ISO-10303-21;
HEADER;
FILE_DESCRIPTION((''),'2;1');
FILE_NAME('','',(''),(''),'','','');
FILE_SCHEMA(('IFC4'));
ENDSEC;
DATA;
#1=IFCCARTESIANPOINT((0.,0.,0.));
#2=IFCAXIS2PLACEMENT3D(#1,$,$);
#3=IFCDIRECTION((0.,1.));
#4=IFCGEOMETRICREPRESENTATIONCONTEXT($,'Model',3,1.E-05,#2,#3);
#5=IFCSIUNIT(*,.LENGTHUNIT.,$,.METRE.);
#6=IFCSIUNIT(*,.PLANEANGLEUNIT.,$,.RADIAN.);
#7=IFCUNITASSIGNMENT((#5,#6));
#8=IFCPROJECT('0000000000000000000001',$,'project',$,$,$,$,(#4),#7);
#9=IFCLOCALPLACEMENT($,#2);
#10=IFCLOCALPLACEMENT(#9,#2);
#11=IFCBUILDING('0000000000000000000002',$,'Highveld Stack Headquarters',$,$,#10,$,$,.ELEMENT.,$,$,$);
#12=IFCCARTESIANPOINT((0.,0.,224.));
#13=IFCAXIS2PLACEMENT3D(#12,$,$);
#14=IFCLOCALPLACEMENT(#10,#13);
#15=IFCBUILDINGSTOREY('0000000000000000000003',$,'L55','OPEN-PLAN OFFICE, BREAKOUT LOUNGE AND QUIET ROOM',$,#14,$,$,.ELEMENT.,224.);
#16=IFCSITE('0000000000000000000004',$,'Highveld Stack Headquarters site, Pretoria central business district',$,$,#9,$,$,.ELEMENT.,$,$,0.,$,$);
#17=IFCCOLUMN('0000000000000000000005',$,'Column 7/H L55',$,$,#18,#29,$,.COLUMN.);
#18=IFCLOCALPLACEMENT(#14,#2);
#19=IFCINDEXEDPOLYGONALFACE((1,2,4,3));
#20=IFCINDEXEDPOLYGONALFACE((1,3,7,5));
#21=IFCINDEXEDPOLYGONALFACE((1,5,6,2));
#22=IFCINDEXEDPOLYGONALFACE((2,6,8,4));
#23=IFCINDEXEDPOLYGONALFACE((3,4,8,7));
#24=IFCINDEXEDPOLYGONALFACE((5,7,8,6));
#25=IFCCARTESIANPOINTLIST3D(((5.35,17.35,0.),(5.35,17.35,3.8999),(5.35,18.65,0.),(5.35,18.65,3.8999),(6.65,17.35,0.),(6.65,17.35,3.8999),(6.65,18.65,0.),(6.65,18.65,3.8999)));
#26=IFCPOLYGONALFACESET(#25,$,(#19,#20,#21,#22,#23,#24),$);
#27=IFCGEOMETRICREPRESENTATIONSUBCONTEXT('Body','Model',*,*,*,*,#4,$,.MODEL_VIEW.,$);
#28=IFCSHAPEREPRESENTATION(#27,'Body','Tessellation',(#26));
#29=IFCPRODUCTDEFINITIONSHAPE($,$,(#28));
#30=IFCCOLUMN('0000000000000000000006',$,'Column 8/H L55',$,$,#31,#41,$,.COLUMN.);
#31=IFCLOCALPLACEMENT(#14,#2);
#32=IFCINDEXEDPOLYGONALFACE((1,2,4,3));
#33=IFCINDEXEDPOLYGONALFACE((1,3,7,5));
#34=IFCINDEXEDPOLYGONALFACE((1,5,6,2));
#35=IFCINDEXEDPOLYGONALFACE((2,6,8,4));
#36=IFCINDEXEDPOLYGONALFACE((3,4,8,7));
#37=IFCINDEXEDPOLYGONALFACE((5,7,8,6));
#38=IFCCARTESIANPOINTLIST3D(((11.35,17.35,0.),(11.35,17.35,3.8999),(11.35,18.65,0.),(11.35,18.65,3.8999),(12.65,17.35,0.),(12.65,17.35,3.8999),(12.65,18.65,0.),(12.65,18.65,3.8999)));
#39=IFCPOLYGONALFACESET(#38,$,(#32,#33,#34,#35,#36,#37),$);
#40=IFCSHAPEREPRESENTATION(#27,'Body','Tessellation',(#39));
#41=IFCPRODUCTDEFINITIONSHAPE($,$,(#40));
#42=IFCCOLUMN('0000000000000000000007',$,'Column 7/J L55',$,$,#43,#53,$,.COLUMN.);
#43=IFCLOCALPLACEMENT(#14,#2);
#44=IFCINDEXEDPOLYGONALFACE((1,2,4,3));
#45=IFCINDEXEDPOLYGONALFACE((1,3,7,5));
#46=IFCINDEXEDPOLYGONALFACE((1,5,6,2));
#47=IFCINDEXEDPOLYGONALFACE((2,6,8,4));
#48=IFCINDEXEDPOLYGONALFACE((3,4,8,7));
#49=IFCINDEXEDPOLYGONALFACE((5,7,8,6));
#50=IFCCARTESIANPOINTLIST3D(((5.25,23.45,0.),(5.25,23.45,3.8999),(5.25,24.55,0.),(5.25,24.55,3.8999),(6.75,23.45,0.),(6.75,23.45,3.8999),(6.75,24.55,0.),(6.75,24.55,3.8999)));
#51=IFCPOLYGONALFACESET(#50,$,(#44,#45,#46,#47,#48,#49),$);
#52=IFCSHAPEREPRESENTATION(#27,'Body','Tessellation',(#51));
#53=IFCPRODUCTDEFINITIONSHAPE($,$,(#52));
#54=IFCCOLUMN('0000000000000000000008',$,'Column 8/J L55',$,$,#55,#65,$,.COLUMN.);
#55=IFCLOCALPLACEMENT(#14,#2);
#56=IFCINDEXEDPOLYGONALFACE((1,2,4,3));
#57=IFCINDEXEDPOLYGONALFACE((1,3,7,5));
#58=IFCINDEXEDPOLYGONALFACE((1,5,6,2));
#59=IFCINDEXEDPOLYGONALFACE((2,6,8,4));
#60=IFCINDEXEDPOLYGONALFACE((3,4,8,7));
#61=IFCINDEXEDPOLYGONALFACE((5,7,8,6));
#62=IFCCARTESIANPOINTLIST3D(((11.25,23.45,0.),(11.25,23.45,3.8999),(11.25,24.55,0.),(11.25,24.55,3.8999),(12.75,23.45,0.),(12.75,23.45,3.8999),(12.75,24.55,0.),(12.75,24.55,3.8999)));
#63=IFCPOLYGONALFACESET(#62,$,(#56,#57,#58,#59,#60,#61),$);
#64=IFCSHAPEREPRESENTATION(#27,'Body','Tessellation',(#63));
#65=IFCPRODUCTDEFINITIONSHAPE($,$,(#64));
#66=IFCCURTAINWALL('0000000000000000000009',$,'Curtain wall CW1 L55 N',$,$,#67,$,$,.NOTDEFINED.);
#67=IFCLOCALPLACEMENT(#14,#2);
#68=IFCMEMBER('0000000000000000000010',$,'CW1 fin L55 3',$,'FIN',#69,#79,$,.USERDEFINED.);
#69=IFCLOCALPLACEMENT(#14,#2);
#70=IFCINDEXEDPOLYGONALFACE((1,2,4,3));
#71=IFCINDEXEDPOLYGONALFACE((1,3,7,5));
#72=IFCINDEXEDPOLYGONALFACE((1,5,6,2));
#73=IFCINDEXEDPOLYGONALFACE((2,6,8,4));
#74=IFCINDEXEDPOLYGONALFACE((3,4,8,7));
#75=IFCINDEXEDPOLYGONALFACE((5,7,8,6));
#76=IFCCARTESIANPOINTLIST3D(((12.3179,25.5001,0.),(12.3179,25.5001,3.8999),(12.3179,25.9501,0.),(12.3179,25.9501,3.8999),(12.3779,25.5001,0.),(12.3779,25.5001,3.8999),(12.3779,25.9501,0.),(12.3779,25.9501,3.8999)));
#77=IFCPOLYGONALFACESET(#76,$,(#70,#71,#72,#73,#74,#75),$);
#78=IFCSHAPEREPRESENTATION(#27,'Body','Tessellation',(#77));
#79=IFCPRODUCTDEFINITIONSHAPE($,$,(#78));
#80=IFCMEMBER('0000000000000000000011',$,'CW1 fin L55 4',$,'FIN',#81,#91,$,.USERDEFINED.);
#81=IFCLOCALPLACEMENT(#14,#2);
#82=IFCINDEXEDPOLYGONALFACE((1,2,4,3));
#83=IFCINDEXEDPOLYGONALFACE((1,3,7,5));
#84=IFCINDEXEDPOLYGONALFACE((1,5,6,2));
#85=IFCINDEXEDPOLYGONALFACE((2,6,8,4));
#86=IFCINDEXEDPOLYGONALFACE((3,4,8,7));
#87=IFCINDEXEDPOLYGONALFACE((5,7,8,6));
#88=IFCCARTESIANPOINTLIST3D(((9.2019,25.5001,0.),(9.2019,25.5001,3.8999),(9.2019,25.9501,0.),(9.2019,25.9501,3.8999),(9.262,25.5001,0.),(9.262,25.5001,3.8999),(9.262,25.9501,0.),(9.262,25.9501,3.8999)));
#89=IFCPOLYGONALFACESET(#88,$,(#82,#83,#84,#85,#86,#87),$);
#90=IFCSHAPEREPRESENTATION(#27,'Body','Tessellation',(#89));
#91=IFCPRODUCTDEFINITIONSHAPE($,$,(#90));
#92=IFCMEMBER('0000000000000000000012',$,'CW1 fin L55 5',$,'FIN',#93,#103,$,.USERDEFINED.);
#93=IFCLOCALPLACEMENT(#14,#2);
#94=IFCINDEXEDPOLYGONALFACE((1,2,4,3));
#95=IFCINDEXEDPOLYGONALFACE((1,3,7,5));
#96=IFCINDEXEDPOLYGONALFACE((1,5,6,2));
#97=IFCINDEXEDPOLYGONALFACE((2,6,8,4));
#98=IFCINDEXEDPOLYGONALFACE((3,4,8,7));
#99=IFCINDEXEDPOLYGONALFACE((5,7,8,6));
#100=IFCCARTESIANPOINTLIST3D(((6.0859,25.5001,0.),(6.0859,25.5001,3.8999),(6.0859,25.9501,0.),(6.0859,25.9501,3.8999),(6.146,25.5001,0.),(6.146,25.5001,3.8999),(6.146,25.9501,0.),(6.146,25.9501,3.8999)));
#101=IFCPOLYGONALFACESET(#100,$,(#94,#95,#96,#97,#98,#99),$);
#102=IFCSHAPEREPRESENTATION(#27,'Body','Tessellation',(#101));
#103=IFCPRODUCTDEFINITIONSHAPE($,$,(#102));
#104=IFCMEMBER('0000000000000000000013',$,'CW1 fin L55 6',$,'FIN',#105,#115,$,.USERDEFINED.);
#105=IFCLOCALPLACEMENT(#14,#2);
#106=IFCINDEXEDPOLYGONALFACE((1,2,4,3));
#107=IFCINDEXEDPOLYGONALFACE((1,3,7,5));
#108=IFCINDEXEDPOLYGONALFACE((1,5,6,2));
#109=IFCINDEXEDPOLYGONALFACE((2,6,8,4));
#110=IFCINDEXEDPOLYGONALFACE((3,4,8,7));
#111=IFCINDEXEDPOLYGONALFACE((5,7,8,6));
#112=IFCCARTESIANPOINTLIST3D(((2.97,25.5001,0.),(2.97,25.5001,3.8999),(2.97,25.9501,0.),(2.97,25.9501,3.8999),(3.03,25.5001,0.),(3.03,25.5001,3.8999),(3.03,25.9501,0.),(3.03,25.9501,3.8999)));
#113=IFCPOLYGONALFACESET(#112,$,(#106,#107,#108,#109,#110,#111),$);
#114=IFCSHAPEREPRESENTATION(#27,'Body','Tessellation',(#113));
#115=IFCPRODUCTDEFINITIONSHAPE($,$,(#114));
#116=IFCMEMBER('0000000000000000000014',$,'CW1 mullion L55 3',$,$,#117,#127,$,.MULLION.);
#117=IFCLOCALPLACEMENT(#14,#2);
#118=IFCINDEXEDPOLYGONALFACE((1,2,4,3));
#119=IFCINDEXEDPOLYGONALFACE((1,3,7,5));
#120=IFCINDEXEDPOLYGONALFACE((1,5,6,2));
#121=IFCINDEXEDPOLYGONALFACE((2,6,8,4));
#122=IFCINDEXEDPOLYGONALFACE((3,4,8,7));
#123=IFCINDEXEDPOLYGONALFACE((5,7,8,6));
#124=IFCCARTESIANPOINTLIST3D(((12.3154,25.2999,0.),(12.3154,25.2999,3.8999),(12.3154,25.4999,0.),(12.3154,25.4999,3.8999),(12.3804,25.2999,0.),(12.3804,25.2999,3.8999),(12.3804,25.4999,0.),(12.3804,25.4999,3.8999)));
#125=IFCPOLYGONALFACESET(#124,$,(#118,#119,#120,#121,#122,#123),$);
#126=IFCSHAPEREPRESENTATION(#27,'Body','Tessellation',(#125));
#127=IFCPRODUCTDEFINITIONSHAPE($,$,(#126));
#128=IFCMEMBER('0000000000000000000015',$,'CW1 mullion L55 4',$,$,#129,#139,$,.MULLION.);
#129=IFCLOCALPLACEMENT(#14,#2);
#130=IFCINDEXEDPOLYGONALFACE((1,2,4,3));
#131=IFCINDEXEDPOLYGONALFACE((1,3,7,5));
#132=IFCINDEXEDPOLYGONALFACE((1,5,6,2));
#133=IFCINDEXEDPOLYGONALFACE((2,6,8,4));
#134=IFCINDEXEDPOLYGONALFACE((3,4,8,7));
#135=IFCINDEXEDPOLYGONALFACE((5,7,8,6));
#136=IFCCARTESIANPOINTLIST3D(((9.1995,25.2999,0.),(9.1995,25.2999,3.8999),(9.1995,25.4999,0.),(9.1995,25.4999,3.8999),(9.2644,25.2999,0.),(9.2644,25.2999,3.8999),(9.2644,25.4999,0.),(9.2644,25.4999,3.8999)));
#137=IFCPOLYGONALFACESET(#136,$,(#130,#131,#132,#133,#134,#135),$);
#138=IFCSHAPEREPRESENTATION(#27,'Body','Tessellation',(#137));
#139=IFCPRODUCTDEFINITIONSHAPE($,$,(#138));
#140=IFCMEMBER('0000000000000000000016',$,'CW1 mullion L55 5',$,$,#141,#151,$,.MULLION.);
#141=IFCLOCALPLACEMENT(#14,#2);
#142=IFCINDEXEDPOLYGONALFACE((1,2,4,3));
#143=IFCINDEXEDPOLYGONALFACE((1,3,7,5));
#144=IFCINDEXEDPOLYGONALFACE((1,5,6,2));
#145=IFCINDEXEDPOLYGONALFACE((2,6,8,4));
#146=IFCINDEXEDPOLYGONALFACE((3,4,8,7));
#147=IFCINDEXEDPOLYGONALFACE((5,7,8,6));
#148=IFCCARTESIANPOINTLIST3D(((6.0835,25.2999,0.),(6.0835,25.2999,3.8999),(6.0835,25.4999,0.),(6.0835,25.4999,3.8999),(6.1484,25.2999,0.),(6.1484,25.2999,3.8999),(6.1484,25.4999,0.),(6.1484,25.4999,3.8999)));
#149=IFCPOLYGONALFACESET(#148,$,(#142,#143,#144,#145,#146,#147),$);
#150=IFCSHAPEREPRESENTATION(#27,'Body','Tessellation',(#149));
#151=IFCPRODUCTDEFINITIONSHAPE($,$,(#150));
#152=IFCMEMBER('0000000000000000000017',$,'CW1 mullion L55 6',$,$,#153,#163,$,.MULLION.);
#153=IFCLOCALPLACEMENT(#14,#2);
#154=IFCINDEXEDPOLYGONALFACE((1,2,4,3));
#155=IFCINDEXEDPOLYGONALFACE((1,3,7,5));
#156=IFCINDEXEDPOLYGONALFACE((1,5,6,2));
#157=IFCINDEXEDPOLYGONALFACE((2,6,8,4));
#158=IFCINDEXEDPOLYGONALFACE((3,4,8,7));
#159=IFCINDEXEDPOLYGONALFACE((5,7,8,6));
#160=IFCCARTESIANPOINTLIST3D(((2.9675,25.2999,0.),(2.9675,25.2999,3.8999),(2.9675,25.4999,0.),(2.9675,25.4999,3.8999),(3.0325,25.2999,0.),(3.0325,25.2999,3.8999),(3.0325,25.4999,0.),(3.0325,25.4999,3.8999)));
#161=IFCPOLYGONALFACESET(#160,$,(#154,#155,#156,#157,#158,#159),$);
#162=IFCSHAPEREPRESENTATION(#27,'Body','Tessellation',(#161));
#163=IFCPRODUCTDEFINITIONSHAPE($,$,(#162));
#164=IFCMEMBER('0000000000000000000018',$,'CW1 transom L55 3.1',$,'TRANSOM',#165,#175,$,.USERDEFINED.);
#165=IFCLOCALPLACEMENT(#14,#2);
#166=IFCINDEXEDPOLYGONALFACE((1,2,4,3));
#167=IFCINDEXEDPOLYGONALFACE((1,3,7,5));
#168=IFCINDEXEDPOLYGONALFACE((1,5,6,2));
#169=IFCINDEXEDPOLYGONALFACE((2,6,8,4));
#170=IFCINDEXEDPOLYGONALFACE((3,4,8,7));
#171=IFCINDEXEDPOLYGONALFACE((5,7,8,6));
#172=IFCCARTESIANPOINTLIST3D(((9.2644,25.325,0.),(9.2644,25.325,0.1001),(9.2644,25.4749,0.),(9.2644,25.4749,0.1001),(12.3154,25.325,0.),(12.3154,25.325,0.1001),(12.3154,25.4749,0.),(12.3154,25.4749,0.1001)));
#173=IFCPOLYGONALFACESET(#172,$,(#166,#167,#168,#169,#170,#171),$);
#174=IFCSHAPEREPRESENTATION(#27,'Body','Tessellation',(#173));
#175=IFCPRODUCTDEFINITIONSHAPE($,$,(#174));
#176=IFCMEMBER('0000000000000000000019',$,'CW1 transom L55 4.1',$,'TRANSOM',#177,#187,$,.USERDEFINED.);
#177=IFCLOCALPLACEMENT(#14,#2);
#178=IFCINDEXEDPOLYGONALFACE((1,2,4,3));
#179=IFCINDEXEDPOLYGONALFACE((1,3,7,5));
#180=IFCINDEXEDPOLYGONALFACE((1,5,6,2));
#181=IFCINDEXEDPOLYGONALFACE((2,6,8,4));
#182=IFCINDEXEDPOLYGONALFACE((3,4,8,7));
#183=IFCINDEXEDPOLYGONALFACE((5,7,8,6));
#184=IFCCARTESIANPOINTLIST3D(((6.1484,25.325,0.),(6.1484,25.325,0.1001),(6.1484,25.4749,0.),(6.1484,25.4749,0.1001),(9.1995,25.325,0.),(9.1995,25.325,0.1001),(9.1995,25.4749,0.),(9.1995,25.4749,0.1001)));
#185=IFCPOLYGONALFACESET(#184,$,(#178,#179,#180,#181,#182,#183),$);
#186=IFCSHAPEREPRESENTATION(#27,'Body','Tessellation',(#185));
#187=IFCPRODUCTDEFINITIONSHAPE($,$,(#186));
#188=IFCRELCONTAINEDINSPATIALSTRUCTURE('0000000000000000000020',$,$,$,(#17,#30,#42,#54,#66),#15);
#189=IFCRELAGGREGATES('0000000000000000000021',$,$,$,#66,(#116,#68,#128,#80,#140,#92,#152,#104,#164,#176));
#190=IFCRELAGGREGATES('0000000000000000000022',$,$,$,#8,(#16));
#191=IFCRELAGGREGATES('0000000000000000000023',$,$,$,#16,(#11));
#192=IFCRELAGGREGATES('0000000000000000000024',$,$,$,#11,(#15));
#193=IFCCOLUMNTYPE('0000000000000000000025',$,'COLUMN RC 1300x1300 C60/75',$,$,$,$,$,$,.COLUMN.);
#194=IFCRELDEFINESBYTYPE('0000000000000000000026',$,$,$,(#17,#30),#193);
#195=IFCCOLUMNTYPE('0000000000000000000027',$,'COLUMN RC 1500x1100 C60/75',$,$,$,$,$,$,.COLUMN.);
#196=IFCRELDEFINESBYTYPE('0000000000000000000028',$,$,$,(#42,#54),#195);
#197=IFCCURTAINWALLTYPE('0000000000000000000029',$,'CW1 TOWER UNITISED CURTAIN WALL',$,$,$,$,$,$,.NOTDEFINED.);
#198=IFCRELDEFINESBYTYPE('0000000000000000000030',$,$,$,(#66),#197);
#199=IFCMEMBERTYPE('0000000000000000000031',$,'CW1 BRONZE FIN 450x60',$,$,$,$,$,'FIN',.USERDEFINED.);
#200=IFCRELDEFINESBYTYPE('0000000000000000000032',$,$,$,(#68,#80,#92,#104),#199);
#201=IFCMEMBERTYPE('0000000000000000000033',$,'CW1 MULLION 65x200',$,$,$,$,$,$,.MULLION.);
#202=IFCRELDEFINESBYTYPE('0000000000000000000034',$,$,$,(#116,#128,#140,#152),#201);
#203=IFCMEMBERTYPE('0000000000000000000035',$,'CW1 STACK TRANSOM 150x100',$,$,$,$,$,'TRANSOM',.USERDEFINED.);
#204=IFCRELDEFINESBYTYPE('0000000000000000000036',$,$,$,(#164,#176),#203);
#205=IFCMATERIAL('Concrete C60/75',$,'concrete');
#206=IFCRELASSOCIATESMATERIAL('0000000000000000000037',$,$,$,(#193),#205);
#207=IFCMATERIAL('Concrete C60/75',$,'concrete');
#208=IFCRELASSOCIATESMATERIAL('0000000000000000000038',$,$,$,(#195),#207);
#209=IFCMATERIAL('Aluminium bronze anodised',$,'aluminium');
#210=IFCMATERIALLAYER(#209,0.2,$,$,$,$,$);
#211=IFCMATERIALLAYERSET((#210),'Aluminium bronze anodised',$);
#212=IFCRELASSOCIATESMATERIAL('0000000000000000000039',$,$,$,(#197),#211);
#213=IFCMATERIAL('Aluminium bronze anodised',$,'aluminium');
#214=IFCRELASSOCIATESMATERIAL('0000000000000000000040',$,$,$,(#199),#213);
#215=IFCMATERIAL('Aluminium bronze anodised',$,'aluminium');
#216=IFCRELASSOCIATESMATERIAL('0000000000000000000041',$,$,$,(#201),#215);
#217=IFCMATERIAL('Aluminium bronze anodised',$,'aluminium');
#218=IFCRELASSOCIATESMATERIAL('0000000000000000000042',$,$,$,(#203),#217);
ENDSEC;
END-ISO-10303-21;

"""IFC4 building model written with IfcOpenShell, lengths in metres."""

from ifc_helpers import new_model, si_unit, direction, frame, origin, origin_2d, place, context, subcontext, project, spatial, rectangle, extrude, material, layer, layer_set, material_profile, profile_set, type_object, element, aggregate, save


model = new_model("IFC4")

# Units and contexts
model_context = context("Model", 3, precision=1e-05, world=origin(), true_north=direction((0.0, 1.0)))
body_context = subcontext(model_context, "Body", "Model", "MODEL_VIEW")
ifc_project = project(units=[si_unit("LENGTHUNIT", "METRE"), si_unit("PLANEANGLEUNIT", "RADIAN")], contexts=[model_context])

# Site, building, storey
site_placement = place(None, origin())
site = spatial("IfcSite", under=ifc_project, at=site_placement, Name="Highveld Stack Headquarters site, Pretoria central business district", CompositionType="ELEMENT", RefElevation=0.0)
building_placement = place(site_placement, origin())
building = spatial("IfcBuilding", under=site, at=building_placement, Name="Highveld Stack Headquarters", CompositionType="ELEMENT")
storey_placement = place(building_placement, frame((0.0, 0.0, 224.0)))
storey = spatial("IfcBuildingStorey", under=building, at=storey_placement, Name="L55", Description="OPEN-PLAN OFFICE, BREAKOUT LOUNGE AND QUIET ROOM", CompositionType="ELEMENT", Elevation=224.0)

# Columns
ifc_material_1 = material(Name="Concrete C60/75", Category="concrete")
ifc_material_profile_1 = material_profile(ifc_material_1, rectangle(XDim=1.3, YDim=1.3, at=origin_2d()), Name="RC 1300x1300")
ifc_profile_set_1 = profile_set([ifc_material_profile_1], Name="Concrete C60/75")
column_type_1 = type_object("IfcColumnType", Name="COLUMN RC 1300x1300 C60/75", PredefinedType="COLUMN", material=ifc_profile_set_1)
for number, where, z_axis, x_axis, name in (
    (1, (6.0, 18.0, 0.0), (0.0, 0.0, 1.0), (1.0, 0.0, 0.0), "Column 7/H L55"),
    (2, (12.0, 18.0, 0.0), (0.0, 0.0, 1.0), (1.0, 0.0, 0.0), "Column 8/H L55"),
):
    element("IfcColumn", number, at=place(storey_placement, frame(where, z_axis=z_axis, x_axis=x_axis)), inside=storey, type_object=column_type_1, Name=name, PredefinedType="COLUMN", context=body_context, shape_type="SweptSolid", body=[
        extrude(rectangle(XDim=1.3, YDim=1.3, at=origin_2d()), origin(), (0.0, 0.0, 1.0), 3.8999),
    ])
ifc_material_2 = material(Name="Concrete C60/75", Category="concrete")
ifc_material_profile_2 = material_profile(ifc_material_2, rectangle(XDim=1.5, YDim=1.1001, at=origin_2d()), Name="RC 1500x1100")
ifc_profile_set_2 = profile_set([ifc_material_profile_2], Name="Concrete C60/75")
column_type_2 = type_object("IfcColumnType", Name="COLUMN RC 1500x1100 C60/75", PredefinedType="COLUMN", material=ifc_profile_set_2)
for number, where, z_axis, x_axis, name in (
    (3, (6.0, 24.0, 0.0), (0.0, 0.0, 1.0), (1.0, 0.0, 0.0), "Column 7/J L55"),
    (4, (12.0, 24.0, 0.0), (0.0, 0.0, 1.0), (1.0, 0.0, 0.0), "Column 8/J L55"),
):
    element("IfcColumn", number, at=place(storey_placement, frame(where, z_axis=z_axis, x_axis=x_axis)), inside=storey, type_object=column_type_2, Name=name, PredefinedType="COLUMN", context=body_context, shape_type="SweptSolid", body=[
        extrude(rectangle(XDim=1.5, YDim=1.1001, at=origin_2d()), origin(), (0.0, 0.0, 1.0), 3.8999),
    ])

# Curtain wall, members
ifc_material_3 = material(Name="Aluminium bronze anodised", Category="aluminium")
ifc_layer_1 = layer(ifc_material_3, 0.2)
ifc_layer_set_1 = layer_set([ifc_layer_1], Name="Aluminium bronze anodised")
curtain_wall_type = type_object("IfcCurtainWallType", Name="CW1 TOWER UNITISED CURTAIN WALL", PredefinedType="NOTDEFINED", material=ifc_layer_set_1)
curtain_wall_placement = place(storey_placement, origin())
curtain_wall = element("IfcCurtainWall", 5, at=curtain_wall_placement, inside=storey, type_object=curtain_wall_type, Name="Curtain wall CW1 L55 N", PredefinedType="NOTDEFINED")
ifc_material_4 = material(Name="Aluminium bronze anodised", Category="aluminium")
ifc_material_profile_3 = material_profile(ifc_material_4, rectangle(XDim=0.45, YDim=0.0601, at=origin_2d()), Name="FIN 450x60")
ifc_profile_set_3 = profile_set([ifc_material_profile_3], Name="Aluminium bronze anodised")
member_type_1 = type_object("IfcMemberType", Name="CW1 BRONZE FIN 450x60", ElementType="FIN", PredefinedType="USERDEFINED", material=ifc_profile_set_3)
member_1_placement = place(storey_placement, frame((12.3479, 25.7251, 0.0), z_axis=(0.0, 0.0, 1.0), x_axis=(0.0, -1.0, 0.0)))
member_1 = element("IfcMember", 6, at=member_1_placement, type_object=member_type_1, Name="CW1 fin L55 3", ObjectType="FIN", PredefinedType="USERDEFINED", context=body_context, shape_type="SweptSolid", body=[
    extrude(rectangle(XDim=0.45, YDim=0.0601, at=origin_2d()), origin(), (0.0, 0.0, 1.0), 3.8999),
])
member_2_placement = place(storey_placement, frame((9.2319, 25.7251, 0.0), z_axis=(0.0, 0.0, 1.0), x_axis=(0.0, -1.0, 0.0)))
member_2 = element("IfcMember", 7, at=member_2_placement, type_object=member_type_1, Name="CW1 fin L55 4", ObjectType="FIN", PredefinedType="USERDEFINED", context=body_context, shape_type="SweptSolid", body=[
    extrude(rectangle(XDim=0.45, YDim=0.0601, at=origin_2d()), origin(), (0.0, 0.0, 1.0), 3.8999),
])
member_3_placement = place(storey_placement, frame((6.116, 25.7251, 0.0), z_axis=(0.0, 0.0, 1.0), x_axis=(0.0, -1.0, 0.0)))
member_3 = element("IfcMember", 8, at=member_3_placement, type_object=member_type_1, Name="CW1 fin L55 5", ObjectType="FIN", PredefinedType="USERDEFINED", context=body_context, shape_type="SweptSolid", body=[
    extrude(rectangle(XDim=0.45, YDim=0.0601, at=origin_2d()), origin(), (0.0, 0.0, 1.0), 3.8999),
])
member_4_placement = place(storey_placement, frame((3.0, 25.7251, 0.0), z_axis=(0.0, 0.0, 1.0), x_axis=(0.0, -1.0, 0.0)))
member_4 = element("IfcMember", 9, at=member_4_placement, type_object=member_type_1, Name="CW1 fin L55 6", ObjectType="FIN", PredefinedType="USERDEFINED", context=body_context, shape_type="SweptSolid", body=[
    extrude(rectangle(XDim=0.45, YDim=0.0601, at=origin_2d()), origin(), (0.0, 0.0, 1.0), 3.8999),
])
ifc_material_5 = material(Name="Aluminium bronze anodised", Category="aluminium")
ifc_material_profile_4 = material_profile(ifc_material_5, rectangle(XDim=0.2, YDim=0.0649, at=origin_2d()), Name="CW1 MULLION 65x200")
ifc_profile_set_4 = profile_set([ifc_material_profile_4], Name="Aluminium bronze anodised")
member_type_2 = type_object("IfcMemberType", Name="CW1 MULLION 65x200", PredefinedType="MULLION", material=ifc_profile_set_4)
member_5_placement = place(storey_placement, frame((12.3479, 25.3999, 0.0), z_axis=(0.0, 0.0, 1.0), x_axis=(0.0, -1.0, 0.0)))
member_5 = element("IfcMember", 10, at=member_5_placement, type_object=member_type_2, Name="CW1 mullion L55 3", PredefinedType="MULLION", context=body_context, shape_type="SweptSolid", body=[
    extrude(rectangle(XDim=0.2, YDim=0.0649, at=origin_2d()), origin(), (0.0, 0.0, 1.0), 3.8999),
])
member_6_placement = place(storey_placement, frame((9.2319, 25.3999, 0.0), z_axis=(0.0, 0.0, 1.0), x_axis=(0.0, -1.0, 0.0)))
member_6 = element("IfcMember", 11, at=member_6_placement, type_object=member_type_2, Name="CW1 mullion L55 4", PredefinedType="MULLION", context=body_context, shape_type="SweptSolid", body=[
    extrude(rectangle(XDim=0.2, YDim=0.0649, at=origin_2d()), origin(), (0.0, 0.0, 1.0), 3.8999),
])
member_7_placement = place(storey_placement, frame((6.116, 25.3999, 0.0), z_axis=(0.0, 0.0, 1.0), x_axis=(0.0, -1.0, 0.0)))
member_7 = element("IfcMember", 12, at=member_7_placement, type_object=member_type_2, Name="CW1 mullion L55 5", PredefinedType="MULLION", context=body_context, shape_type="SweptSolid", body=[
    extrude(rectangle(XDim=0.2, YDim=0.0649, at=origin_2d()), origin(), (0.0, 0.0, 1.0), 3.8999),
])
member_8_placement = place(storey_placement, frame((3.0, 25.3999, 0.0), z_axis=(0.0, 0.0, 1.0), x_axis=(0.0, -1.0, 0.0)))
member_8 = element("IfcMember", 13, at=member_8_placement, type_object=member_type_2, Name="CW1 mullion L55 6", PredefinedType="MULLION", context=body_context, shape_type="SweptSolid", body=[
    extrude(rectangle(XDim=0.2, YDim=0.0649, at=origin_2d()), origin(), (0.0, 0.0, 1.0), 3.8999),
])
ifc_material_6 = material(Name="Aluminium bronze anodised", Category="aluminium")
ifc_material_profile_5 = material_profile(ifc_material_6, rectangle(XDim=0.1499, YDim=0.1001, at=origin_2d()), Name="CW1 TRANSOM 150x100")
ifc_profile_set_5 = profile_set([ifc_material_profile_5], Name="Aluminium bronze anodised")
member_type_3 = type_object("IfcMemberType", Name="CW1 STACK TRANSOM 150x100", ElementType="TRANSOM", PredefinedType="USERDEFINED", material=ifc_profile_set_5)
member_9_placement = place(storey_placement, frame((12.3154, 25.3999, 0.05), z_axis=(-1.0, 0.0, 0.0), x_axis=(0.0, -1.0, 0.0)))
member_9 = element("IfcMember", 14, at=member_9_placement, type_object=member_type_3, Name="CW1 transom L55 3.1", ObjectType="TRANSOM", PredefinedType="USERDEFINED", context=body_context, shape_type="SweptSolid", body=[
    extrude(rectangle(XDim=0.1499, YDim=0.1001, at=origin_2d()), origin(), (0.0, 0.0, 1.0), 3.051),
])
member_10_placement = place(storey_placement, frame((9.1995, 25.3999, 0.05), z_axis=(-1.0, 0.0, 0.0), x_axis=(0.0, -1.0, 0.0)))
member_10 = element("IfcMember", 15, at=member_10_placement, type_object=member_type_3, Name="CW1 transom L55 4.1", ObjectType="TRANSOM", PredefinedType="USERDEFINED", context=body_context, shape_type="SweptSolid", body=[
    extrude(rectangle(XDim=0.1499, YDim=0.1001, at=origin_2d()), origin(), (0.0, 0.0, 1.0), 3.051),
])
aggregate(curtain_wall, [member_5, member_1, member_6, member_2, member_7, member_3, member_8, member_4, member_9, member_10])

save(model, "model.ifc")
